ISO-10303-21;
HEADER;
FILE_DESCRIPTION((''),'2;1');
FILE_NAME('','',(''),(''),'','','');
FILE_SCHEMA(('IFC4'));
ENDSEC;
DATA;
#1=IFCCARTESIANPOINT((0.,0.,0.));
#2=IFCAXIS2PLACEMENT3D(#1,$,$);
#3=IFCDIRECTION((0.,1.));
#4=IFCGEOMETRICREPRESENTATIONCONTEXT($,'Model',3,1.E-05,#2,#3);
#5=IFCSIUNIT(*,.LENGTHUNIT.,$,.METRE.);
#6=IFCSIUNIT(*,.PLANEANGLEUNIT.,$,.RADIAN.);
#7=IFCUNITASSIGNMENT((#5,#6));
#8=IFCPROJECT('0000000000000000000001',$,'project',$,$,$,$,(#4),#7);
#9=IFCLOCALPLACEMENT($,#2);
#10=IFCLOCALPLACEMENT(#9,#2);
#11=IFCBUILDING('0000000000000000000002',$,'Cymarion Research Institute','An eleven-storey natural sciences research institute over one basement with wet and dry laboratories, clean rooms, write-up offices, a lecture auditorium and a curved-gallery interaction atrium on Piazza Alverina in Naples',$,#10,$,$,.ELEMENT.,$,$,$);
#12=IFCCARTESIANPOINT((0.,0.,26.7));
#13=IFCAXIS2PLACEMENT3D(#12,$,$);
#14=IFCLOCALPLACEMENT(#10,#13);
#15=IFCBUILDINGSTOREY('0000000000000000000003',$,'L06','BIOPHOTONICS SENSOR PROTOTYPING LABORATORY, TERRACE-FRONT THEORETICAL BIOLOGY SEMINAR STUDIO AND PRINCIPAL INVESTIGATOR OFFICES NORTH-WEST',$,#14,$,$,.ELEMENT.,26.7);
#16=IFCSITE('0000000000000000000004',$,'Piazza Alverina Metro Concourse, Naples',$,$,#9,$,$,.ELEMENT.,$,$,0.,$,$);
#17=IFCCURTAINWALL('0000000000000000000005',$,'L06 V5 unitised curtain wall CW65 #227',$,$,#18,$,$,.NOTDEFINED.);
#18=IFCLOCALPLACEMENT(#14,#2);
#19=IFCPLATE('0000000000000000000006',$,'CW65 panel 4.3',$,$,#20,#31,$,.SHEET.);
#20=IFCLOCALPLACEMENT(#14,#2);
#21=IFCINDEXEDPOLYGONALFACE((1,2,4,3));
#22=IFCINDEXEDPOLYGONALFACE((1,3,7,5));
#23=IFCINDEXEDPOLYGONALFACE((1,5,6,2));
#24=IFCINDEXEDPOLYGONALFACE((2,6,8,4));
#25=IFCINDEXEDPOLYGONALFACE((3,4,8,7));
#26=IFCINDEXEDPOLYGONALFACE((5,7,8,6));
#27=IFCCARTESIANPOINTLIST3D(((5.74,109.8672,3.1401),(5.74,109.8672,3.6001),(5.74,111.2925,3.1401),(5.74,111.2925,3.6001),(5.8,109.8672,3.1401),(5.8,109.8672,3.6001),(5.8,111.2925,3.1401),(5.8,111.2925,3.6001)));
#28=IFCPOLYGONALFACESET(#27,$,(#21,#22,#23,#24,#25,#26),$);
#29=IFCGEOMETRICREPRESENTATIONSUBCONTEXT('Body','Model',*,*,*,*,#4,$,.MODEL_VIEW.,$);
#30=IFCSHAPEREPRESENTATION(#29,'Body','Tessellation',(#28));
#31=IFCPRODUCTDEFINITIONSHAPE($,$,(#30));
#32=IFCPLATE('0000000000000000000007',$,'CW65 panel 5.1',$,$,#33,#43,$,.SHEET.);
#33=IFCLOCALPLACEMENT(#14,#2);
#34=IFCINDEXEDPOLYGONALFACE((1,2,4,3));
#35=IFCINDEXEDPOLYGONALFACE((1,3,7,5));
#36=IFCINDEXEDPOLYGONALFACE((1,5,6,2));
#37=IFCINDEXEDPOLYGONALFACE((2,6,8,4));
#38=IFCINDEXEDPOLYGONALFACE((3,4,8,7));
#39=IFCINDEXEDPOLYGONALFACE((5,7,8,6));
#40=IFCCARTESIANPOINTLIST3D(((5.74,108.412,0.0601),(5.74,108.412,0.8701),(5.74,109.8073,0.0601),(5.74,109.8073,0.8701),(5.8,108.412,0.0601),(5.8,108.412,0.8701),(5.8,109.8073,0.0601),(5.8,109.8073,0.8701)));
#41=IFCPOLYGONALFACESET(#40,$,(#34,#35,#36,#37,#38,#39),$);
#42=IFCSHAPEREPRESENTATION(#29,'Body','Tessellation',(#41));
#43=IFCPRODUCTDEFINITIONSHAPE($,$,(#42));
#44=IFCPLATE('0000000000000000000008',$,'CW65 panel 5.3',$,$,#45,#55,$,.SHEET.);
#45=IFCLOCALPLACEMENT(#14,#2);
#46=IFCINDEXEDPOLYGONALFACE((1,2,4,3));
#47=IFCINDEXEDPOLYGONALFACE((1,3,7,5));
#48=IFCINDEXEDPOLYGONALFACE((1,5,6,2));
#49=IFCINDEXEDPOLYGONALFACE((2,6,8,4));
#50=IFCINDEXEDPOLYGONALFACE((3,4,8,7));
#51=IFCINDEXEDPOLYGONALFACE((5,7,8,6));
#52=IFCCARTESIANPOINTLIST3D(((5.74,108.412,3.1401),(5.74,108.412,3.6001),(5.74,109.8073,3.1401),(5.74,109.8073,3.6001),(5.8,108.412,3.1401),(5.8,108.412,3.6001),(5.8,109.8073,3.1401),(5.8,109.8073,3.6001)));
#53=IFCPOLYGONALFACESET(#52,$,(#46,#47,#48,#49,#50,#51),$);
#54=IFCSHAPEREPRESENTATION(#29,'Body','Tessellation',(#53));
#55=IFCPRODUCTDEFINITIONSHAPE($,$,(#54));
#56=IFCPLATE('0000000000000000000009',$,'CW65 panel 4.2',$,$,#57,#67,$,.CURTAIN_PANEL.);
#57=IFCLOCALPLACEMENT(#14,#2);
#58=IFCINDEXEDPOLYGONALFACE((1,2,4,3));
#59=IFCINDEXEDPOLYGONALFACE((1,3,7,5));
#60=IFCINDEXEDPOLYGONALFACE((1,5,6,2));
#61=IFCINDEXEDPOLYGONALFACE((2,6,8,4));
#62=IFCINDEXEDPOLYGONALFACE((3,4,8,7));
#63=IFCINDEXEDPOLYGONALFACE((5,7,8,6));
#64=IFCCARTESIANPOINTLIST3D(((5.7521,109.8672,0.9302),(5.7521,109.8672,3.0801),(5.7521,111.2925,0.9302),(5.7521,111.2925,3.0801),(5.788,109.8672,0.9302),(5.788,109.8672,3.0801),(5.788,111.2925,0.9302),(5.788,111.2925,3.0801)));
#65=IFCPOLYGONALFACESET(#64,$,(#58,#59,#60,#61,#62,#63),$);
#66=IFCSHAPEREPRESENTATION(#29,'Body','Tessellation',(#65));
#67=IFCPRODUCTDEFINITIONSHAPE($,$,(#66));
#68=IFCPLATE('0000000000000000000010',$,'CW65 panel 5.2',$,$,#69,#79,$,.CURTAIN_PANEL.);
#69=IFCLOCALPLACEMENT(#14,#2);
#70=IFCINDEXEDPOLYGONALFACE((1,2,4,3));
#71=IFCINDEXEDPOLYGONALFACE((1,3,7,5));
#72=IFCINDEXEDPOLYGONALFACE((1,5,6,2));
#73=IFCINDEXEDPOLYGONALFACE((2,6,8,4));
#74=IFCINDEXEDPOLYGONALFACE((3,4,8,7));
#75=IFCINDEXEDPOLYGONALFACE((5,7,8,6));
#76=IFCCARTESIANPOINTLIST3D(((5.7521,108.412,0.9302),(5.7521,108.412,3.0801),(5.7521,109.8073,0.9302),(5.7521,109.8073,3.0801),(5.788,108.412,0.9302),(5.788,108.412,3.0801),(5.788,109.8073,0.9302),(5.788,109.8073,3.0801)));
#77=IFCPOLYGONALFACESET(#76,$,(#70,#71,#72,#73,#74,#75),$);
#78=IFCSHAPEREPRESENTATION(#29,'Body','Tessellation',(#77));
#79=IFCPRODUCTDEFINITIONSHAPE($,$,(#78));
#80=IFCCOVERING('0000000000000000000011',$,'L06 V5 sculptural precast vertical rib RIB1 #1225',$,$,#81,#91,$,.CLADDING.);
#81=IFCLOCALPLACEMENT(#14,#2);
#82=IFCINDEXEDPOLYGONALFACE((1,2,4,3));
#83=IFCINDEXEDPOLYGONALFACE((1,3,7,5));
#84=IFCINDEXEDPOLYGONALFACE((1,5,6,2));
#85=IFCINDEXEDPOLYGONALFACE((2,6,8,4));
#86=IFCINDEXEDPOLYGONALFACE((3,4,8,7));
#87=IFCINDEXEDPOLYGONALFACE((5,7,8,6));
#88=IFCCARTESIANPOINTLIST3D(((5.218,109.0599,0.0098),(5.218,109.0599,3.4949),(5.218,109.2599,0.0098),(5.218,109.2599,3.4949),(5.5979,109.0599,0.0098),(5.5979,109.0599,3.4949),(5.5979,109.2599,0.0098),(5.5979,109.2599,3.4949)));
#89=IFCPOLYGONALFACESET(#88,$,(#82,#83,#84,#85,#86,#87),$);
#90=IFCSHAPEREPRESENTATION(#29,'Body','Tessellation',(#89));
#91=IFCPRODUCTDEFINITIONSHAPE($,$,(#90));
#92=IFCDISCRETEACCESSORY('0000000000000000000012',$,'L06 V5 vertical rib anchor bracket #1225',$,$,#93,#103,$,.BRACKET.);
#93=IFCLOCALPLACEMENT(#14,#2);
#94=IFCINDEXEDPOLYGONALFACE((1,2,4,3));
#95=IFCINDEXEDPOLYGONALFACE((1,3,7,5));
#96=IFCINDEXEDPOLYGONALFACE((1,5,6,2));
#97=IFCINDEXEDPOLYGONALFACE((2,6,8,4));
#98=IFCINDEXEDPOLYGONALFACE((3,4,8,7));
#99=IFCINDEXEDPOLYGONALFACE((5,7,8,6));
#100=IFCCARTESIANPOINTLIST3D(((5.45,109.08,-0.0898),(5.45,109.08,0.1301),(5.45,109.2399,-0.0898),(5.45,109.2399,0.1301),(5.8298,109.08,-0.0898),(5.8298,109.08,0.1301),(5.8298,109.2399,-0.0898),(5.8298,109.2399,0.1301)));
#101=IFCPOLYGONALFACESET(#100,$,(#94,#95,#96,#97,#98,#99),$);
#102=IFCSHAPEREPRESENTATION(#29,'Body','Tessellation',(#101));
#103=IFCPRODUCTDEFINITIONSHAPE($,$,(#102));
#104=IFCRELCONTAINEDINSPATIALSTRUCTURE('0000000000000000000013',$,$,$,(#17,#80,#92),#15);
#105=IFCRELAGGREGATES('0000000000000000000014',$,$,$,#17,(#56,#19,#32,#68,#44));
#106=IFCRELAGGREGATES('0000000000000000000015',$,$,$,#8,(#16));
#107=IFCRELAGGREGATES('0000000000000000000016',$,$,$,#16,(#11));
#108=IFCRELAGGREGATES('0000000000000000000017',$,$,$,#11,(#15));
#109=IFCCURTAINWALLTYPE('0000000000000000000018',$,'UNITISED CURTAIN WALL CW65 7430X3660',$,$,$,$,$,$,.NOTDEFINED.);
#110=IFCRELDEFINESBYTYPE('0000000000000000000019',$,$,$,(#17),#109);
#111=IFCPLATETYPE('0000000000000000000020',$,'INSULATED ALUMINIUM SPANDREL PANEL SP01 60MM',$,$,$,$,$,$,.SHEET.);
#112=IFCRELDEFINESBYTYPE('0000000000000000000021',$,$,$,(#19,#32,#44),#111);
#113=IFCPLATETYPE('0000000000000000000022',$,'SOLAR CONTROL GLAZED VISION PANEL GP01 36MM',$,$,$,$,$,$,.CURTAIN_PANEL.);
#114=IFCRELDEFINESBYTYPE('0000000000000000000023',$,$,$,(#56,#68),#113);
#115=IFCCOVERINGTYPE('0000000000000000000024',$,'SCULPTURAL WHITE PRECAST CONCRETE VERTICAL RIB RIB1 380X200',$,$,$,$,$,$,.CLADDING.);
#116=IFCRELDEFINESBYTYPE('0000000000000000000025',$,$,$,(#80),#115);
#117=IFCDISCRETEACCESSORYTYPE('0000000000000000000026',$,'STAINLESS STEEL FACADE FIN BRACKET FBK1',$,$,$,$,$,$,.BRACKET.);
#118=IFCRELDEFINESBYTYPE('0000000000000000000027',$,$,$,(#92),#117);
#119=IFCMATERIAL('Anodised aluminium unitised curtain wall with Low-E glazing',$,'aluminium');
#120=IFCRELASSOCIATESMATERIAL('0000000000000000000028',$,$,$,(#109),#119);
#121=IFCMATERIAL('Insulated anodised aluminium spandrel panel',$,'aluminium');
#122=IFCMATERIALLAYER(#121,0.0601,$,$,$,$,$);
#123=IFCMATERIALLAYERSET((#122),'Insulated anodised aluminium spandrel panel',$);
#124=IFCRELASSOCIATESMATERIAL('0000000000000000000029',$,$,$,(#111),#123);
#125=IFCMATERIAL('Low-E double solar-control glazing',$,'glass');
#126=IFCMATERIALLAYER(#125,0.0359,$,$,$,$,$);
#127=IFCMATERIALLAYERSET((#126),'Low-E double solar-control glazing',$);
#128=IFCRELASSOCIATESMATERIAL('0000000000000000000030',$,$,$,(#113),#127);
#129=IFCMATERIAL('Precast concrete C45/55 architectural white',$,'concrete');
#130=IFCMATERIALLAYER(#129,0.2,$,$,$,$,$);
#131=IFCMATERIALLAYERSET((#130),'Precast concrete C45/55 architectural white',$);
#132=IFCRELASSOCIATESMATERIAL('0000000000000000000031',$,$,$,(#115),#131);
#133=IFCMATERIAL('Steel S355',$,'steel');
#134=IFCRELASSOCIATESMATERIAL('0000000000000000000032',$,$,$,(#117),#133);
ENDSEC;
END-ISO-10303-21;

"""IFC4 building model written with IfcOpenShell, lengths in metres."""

from ifc_helpers import new_model, si_unit, direction, frame, origin, origin_2d, place, context, subcontext, project, spatial, rectangle, extrude, material, layer, layer_set, type_object, element, aggregate, save


model = new_model("IFC4")

# Units and contexts
model_context = context("Model", 3, precision=1e-05, world=origin(), true_north=direction((0.0, 1.0)))
body_context = subcontext(model_context, "Body", "Model", "MODEL_VIEW")
ifc_project = project(units=[si_unit("LENGTHUNIT", "METRE"), si_unit("PLANEANGLEUNIT", "RADIAN")], contexts=[model_context])

# Site, building, storey
site_placement = place(None, origin())
site = spatial("IfcSite", under=ifc_project, at=site_placement, Name="Piazza Alverina Metro Concourse, Naples", CompositionType="ELEMENT", RefElevation=0.0)
building_placement = place(site_placement, origin())
building = spatial("IfcBuilding", under=site, at=building_placement, Name="Cymarion Research Institute", Description="An eleven-storey natural sciences research institute over one basement with wet and dry laboratories, clean rooms, write-up offices, a lecture auditorium and a curved-gallery interaction atrium on Piazza Alverina in Naples", CompositionType="ELEMENT")
storey_placement = place(building_placement, frame((0.0, 0.0, 26.7)))
storey = spatial("IfcBuildingStorey", under=building, at=storey_placement, Name="L06", Description="BIOPHOTONICS SENSOR PROTOTYPING LABORATORY, TERRACE-FRONT THEORETICAL BIOLOGY SEMINAR STUDIO AND PRINCIPAL INVESTIGATOR OFFICES NORTH-WEST", CompositionType="ELEMENT", Elevation=26.7)

# Curtain wall
ifc_material_1 = material(Name="Anodised aluminium unitised curtain wall with Low-E glazing", Category="aluminium")
curtain_wall_type = type_object("IfcCurtainWallType", Name="UNITISED CURTAIN WALL CW65 7430X3660", PredefinedType="NOTDEFINED", material=ifc_material_1)
curtain_wall_1_placement = place(storey_placement, origin())
curtain_wall_1 = element("IfcCurtainWall", 1, at=curtain_wall_1_placement, inside=storey, type_object=curtain_wall_type, Name="L06 V5 unitised curtain wall CW65 #227", PredefinedType="NOTDEFINED")

# Plates
ifc_material_2 = material(Name="Insulated anodised aluminium spandrel panel", Category="aluminium")
ifc_layer_1 = layer(ifc_material_2, 0.0601)
ifc_layer_set_1 = layer_set([ifc_layer_1], Name="Insulated anodised aluminium spandrel panel")
plate_type_1 = type_object("IfcPlateType", Name="INSULATED ALUMINIUM SPANDREL PANEL SP01 60MM", PredefinedType="SHEET", material=ifc_layer_set_1)
plate_1_placement = place(storey_placement, frame((5.77, 110.5798, 3.1401), z_axis=(0.0, 0.0, 1.0), x_axis=(0.0, -1.0, 0.0)))
plate_1 = element("IfcPlate", 2, at=plate_1_placement, type_object=plate_type_1, Name="CW65 panel 4.3", PredefinedType="SHEET", context=body_context, shape_type="SweptSolid", body=[
    extrude(rectangle(XDim=1.4253, YDim=0.0601, at=origin_2d()), origin(), (0.0, 0.0, 1.0), 0.46),
])
plate_2_placement = place(storey_placement, frame((5.77, 109.1096, 0.0601), z_axis=(0.0, 0.0, 1.0), x_axis=(0.0, -1.0, 0.0)))
plate_2 = element("IfcPlate", 3, at=plate_2_placement, type_object=plate_type_1, Name="CW65 panel 5.1", PredefinedType="SHEET", context=body_context, shape_type="SweptSolid", body=[
    extrude(rectangle(XDim=1.3953, YDim=0.0601, at=origin_2d()), origin(), (0.0, 0.0, 1.0), 0.8101),
])
plate_3_placement = place(storey_placement, frame((5.77, 109.1096, 3.1401), z_axis=(0.0, 0.0, 1.0), x_axis=(0.0, -1.0, 0.0)))
plate_3 = element("IfcPlate", 4, at=plate_3_placement, type_object=plate_type_1, Name="CW65 panel 5.3", PredefinedType="SHEET", context=body_context, shape_type="SweptSolid", body=[
    extrude(rectangle(XDim=1.3953, YDim=0.0601, at=origin_2d()), origin(), (0.0, 0.0, 1.0), 0.46),
])
ifc_material_3 = material(Name="Low-E double solar-control glazing", Category="glass")
ifc_layer_2 = layer(ifc_material_3, 0.0359)
ifc_layer_set_2 = layer_set([ifc_layer_2], Name="Low-E double solar-control glazing")
plate_type_2 = type_object("IfcPlateType", Name="SOLAR CONTROL GLAZED VISION PANEL GP01 36MM", PredefinedType="CURTAIN_PANEL", material=ifc_layer_set_2)
plate_4_placement = place(storey_placement, frame((5.77, 110.5798, 0.9302), z_axis=(0.0, 0.0, 1.0), x_axis=(0.0, -1.0, 0.0)))
plate_4 = element("IfcPlate", 5, at=plate_4_placement, type_object=plate_type_2, Name="CW65 panel 4.2", PredefinedType="CURTAIN_PANEL", context=body_context, shape_type="SweptSolid", body=[
    extrude(rectangle(XDim=1.4253, YDim=0.0359, at=origin_2d()), origin(), (0.0, 0.0, 1.0), 2.1499),
])
plate_5_placement = place(storey_placement, frame((5.77, 109.1096, 0.9302), z_axis=(0.0, 0.0, 1.0), x_axis=(0.0, -1.0, 0.0)))
plate_5 = element("IfcPlate", 6, at=plate_5_placement, type_object=plate_type_2, Name="CW65 panel 5.2", PredefinedType="CURTAIN_PANEL", context=body_context, shape_type="SweptSolid", body=[
    extrude(rectangle(XDim=1.3953, YDim=0.0359, at=origin_2d()), origin(), (0.0, 0.0, 1.0), 2.1499),
])
aggregate(curtain_wall_1, [plate_4, plate_1, plate_2, plate_5, plate_3])

# Covering
ifc_material_4 = material(Name="Precast concrete C45/55 architectural white", Category="concrete")
ifc_layer_3 = layer(ifc_material_4, 0.2)
ifc_layer_set_3 = layer_set([ifc_layer_3], Name="Precast concrete C45/55 architectural white")
covering_type = type_object("IfcCoveringType", Name="SCULPTURAL WHITE PRECAST CONCRETE VERTICAL RIB RIB1 380X200", PredefinedType="CLADDING", material=ifc_layer_set_3)
covering_placement = place(storey_placement, frame((5.408, 109.1599, 0.0098), z_axis=(0.0, 0.0, 1.0), x_axis=(-1.0, 0.0, 0.0)))
element("IfcCovering", 7, at=covering_placement, inside=storey, type_object=covering_type, Name="L06 V5 sculptural precast vertical rib RIB1 #1225", PredefinedType="CLADDING", context=body_context, shape_type="SweptSolid", body=[
    extrude(rectangle(XDim=0.3799, YDim=0.2, at=origin_2d()), origin(), (0.0, 0.0, 1.0), 3.4851),
])

# Discrete accessory
ifc_material_5 = material(Name="Steel S355", Category="steel")
discrete_accessory_type = type_object("IfcDiscreteAccessoryType", Name="STAINLESS STEEL FACADE FIN BRACKET FBK1", PredefinedType="BRACKET", material=ifc_material_5)
discrete_accessory_placement = place(storey_placement, frame((5.6399, 109.1599, -0.0898), z_axis=(0.0, 0.0, 1.0), x_axis=(-1.0, 0.0, 0.0)))
element("IfcDiscreteAccessory", 8, at=discrete_accessory_placement, inside=storey, type_object=discrete_accessory_type, Name="L06 V5 vertical rib anchor bracket #1225", PredefinedType="BRACKET", context=body_context, shape_type="SweptSolid", body=[
    extrude(rectangle(XDim=0.3799, YDim=0.1599, at=origin_2d()), origin(), (0.0, 0.0, 1.0), 0.22),
])

save(model, "model.ifc")
